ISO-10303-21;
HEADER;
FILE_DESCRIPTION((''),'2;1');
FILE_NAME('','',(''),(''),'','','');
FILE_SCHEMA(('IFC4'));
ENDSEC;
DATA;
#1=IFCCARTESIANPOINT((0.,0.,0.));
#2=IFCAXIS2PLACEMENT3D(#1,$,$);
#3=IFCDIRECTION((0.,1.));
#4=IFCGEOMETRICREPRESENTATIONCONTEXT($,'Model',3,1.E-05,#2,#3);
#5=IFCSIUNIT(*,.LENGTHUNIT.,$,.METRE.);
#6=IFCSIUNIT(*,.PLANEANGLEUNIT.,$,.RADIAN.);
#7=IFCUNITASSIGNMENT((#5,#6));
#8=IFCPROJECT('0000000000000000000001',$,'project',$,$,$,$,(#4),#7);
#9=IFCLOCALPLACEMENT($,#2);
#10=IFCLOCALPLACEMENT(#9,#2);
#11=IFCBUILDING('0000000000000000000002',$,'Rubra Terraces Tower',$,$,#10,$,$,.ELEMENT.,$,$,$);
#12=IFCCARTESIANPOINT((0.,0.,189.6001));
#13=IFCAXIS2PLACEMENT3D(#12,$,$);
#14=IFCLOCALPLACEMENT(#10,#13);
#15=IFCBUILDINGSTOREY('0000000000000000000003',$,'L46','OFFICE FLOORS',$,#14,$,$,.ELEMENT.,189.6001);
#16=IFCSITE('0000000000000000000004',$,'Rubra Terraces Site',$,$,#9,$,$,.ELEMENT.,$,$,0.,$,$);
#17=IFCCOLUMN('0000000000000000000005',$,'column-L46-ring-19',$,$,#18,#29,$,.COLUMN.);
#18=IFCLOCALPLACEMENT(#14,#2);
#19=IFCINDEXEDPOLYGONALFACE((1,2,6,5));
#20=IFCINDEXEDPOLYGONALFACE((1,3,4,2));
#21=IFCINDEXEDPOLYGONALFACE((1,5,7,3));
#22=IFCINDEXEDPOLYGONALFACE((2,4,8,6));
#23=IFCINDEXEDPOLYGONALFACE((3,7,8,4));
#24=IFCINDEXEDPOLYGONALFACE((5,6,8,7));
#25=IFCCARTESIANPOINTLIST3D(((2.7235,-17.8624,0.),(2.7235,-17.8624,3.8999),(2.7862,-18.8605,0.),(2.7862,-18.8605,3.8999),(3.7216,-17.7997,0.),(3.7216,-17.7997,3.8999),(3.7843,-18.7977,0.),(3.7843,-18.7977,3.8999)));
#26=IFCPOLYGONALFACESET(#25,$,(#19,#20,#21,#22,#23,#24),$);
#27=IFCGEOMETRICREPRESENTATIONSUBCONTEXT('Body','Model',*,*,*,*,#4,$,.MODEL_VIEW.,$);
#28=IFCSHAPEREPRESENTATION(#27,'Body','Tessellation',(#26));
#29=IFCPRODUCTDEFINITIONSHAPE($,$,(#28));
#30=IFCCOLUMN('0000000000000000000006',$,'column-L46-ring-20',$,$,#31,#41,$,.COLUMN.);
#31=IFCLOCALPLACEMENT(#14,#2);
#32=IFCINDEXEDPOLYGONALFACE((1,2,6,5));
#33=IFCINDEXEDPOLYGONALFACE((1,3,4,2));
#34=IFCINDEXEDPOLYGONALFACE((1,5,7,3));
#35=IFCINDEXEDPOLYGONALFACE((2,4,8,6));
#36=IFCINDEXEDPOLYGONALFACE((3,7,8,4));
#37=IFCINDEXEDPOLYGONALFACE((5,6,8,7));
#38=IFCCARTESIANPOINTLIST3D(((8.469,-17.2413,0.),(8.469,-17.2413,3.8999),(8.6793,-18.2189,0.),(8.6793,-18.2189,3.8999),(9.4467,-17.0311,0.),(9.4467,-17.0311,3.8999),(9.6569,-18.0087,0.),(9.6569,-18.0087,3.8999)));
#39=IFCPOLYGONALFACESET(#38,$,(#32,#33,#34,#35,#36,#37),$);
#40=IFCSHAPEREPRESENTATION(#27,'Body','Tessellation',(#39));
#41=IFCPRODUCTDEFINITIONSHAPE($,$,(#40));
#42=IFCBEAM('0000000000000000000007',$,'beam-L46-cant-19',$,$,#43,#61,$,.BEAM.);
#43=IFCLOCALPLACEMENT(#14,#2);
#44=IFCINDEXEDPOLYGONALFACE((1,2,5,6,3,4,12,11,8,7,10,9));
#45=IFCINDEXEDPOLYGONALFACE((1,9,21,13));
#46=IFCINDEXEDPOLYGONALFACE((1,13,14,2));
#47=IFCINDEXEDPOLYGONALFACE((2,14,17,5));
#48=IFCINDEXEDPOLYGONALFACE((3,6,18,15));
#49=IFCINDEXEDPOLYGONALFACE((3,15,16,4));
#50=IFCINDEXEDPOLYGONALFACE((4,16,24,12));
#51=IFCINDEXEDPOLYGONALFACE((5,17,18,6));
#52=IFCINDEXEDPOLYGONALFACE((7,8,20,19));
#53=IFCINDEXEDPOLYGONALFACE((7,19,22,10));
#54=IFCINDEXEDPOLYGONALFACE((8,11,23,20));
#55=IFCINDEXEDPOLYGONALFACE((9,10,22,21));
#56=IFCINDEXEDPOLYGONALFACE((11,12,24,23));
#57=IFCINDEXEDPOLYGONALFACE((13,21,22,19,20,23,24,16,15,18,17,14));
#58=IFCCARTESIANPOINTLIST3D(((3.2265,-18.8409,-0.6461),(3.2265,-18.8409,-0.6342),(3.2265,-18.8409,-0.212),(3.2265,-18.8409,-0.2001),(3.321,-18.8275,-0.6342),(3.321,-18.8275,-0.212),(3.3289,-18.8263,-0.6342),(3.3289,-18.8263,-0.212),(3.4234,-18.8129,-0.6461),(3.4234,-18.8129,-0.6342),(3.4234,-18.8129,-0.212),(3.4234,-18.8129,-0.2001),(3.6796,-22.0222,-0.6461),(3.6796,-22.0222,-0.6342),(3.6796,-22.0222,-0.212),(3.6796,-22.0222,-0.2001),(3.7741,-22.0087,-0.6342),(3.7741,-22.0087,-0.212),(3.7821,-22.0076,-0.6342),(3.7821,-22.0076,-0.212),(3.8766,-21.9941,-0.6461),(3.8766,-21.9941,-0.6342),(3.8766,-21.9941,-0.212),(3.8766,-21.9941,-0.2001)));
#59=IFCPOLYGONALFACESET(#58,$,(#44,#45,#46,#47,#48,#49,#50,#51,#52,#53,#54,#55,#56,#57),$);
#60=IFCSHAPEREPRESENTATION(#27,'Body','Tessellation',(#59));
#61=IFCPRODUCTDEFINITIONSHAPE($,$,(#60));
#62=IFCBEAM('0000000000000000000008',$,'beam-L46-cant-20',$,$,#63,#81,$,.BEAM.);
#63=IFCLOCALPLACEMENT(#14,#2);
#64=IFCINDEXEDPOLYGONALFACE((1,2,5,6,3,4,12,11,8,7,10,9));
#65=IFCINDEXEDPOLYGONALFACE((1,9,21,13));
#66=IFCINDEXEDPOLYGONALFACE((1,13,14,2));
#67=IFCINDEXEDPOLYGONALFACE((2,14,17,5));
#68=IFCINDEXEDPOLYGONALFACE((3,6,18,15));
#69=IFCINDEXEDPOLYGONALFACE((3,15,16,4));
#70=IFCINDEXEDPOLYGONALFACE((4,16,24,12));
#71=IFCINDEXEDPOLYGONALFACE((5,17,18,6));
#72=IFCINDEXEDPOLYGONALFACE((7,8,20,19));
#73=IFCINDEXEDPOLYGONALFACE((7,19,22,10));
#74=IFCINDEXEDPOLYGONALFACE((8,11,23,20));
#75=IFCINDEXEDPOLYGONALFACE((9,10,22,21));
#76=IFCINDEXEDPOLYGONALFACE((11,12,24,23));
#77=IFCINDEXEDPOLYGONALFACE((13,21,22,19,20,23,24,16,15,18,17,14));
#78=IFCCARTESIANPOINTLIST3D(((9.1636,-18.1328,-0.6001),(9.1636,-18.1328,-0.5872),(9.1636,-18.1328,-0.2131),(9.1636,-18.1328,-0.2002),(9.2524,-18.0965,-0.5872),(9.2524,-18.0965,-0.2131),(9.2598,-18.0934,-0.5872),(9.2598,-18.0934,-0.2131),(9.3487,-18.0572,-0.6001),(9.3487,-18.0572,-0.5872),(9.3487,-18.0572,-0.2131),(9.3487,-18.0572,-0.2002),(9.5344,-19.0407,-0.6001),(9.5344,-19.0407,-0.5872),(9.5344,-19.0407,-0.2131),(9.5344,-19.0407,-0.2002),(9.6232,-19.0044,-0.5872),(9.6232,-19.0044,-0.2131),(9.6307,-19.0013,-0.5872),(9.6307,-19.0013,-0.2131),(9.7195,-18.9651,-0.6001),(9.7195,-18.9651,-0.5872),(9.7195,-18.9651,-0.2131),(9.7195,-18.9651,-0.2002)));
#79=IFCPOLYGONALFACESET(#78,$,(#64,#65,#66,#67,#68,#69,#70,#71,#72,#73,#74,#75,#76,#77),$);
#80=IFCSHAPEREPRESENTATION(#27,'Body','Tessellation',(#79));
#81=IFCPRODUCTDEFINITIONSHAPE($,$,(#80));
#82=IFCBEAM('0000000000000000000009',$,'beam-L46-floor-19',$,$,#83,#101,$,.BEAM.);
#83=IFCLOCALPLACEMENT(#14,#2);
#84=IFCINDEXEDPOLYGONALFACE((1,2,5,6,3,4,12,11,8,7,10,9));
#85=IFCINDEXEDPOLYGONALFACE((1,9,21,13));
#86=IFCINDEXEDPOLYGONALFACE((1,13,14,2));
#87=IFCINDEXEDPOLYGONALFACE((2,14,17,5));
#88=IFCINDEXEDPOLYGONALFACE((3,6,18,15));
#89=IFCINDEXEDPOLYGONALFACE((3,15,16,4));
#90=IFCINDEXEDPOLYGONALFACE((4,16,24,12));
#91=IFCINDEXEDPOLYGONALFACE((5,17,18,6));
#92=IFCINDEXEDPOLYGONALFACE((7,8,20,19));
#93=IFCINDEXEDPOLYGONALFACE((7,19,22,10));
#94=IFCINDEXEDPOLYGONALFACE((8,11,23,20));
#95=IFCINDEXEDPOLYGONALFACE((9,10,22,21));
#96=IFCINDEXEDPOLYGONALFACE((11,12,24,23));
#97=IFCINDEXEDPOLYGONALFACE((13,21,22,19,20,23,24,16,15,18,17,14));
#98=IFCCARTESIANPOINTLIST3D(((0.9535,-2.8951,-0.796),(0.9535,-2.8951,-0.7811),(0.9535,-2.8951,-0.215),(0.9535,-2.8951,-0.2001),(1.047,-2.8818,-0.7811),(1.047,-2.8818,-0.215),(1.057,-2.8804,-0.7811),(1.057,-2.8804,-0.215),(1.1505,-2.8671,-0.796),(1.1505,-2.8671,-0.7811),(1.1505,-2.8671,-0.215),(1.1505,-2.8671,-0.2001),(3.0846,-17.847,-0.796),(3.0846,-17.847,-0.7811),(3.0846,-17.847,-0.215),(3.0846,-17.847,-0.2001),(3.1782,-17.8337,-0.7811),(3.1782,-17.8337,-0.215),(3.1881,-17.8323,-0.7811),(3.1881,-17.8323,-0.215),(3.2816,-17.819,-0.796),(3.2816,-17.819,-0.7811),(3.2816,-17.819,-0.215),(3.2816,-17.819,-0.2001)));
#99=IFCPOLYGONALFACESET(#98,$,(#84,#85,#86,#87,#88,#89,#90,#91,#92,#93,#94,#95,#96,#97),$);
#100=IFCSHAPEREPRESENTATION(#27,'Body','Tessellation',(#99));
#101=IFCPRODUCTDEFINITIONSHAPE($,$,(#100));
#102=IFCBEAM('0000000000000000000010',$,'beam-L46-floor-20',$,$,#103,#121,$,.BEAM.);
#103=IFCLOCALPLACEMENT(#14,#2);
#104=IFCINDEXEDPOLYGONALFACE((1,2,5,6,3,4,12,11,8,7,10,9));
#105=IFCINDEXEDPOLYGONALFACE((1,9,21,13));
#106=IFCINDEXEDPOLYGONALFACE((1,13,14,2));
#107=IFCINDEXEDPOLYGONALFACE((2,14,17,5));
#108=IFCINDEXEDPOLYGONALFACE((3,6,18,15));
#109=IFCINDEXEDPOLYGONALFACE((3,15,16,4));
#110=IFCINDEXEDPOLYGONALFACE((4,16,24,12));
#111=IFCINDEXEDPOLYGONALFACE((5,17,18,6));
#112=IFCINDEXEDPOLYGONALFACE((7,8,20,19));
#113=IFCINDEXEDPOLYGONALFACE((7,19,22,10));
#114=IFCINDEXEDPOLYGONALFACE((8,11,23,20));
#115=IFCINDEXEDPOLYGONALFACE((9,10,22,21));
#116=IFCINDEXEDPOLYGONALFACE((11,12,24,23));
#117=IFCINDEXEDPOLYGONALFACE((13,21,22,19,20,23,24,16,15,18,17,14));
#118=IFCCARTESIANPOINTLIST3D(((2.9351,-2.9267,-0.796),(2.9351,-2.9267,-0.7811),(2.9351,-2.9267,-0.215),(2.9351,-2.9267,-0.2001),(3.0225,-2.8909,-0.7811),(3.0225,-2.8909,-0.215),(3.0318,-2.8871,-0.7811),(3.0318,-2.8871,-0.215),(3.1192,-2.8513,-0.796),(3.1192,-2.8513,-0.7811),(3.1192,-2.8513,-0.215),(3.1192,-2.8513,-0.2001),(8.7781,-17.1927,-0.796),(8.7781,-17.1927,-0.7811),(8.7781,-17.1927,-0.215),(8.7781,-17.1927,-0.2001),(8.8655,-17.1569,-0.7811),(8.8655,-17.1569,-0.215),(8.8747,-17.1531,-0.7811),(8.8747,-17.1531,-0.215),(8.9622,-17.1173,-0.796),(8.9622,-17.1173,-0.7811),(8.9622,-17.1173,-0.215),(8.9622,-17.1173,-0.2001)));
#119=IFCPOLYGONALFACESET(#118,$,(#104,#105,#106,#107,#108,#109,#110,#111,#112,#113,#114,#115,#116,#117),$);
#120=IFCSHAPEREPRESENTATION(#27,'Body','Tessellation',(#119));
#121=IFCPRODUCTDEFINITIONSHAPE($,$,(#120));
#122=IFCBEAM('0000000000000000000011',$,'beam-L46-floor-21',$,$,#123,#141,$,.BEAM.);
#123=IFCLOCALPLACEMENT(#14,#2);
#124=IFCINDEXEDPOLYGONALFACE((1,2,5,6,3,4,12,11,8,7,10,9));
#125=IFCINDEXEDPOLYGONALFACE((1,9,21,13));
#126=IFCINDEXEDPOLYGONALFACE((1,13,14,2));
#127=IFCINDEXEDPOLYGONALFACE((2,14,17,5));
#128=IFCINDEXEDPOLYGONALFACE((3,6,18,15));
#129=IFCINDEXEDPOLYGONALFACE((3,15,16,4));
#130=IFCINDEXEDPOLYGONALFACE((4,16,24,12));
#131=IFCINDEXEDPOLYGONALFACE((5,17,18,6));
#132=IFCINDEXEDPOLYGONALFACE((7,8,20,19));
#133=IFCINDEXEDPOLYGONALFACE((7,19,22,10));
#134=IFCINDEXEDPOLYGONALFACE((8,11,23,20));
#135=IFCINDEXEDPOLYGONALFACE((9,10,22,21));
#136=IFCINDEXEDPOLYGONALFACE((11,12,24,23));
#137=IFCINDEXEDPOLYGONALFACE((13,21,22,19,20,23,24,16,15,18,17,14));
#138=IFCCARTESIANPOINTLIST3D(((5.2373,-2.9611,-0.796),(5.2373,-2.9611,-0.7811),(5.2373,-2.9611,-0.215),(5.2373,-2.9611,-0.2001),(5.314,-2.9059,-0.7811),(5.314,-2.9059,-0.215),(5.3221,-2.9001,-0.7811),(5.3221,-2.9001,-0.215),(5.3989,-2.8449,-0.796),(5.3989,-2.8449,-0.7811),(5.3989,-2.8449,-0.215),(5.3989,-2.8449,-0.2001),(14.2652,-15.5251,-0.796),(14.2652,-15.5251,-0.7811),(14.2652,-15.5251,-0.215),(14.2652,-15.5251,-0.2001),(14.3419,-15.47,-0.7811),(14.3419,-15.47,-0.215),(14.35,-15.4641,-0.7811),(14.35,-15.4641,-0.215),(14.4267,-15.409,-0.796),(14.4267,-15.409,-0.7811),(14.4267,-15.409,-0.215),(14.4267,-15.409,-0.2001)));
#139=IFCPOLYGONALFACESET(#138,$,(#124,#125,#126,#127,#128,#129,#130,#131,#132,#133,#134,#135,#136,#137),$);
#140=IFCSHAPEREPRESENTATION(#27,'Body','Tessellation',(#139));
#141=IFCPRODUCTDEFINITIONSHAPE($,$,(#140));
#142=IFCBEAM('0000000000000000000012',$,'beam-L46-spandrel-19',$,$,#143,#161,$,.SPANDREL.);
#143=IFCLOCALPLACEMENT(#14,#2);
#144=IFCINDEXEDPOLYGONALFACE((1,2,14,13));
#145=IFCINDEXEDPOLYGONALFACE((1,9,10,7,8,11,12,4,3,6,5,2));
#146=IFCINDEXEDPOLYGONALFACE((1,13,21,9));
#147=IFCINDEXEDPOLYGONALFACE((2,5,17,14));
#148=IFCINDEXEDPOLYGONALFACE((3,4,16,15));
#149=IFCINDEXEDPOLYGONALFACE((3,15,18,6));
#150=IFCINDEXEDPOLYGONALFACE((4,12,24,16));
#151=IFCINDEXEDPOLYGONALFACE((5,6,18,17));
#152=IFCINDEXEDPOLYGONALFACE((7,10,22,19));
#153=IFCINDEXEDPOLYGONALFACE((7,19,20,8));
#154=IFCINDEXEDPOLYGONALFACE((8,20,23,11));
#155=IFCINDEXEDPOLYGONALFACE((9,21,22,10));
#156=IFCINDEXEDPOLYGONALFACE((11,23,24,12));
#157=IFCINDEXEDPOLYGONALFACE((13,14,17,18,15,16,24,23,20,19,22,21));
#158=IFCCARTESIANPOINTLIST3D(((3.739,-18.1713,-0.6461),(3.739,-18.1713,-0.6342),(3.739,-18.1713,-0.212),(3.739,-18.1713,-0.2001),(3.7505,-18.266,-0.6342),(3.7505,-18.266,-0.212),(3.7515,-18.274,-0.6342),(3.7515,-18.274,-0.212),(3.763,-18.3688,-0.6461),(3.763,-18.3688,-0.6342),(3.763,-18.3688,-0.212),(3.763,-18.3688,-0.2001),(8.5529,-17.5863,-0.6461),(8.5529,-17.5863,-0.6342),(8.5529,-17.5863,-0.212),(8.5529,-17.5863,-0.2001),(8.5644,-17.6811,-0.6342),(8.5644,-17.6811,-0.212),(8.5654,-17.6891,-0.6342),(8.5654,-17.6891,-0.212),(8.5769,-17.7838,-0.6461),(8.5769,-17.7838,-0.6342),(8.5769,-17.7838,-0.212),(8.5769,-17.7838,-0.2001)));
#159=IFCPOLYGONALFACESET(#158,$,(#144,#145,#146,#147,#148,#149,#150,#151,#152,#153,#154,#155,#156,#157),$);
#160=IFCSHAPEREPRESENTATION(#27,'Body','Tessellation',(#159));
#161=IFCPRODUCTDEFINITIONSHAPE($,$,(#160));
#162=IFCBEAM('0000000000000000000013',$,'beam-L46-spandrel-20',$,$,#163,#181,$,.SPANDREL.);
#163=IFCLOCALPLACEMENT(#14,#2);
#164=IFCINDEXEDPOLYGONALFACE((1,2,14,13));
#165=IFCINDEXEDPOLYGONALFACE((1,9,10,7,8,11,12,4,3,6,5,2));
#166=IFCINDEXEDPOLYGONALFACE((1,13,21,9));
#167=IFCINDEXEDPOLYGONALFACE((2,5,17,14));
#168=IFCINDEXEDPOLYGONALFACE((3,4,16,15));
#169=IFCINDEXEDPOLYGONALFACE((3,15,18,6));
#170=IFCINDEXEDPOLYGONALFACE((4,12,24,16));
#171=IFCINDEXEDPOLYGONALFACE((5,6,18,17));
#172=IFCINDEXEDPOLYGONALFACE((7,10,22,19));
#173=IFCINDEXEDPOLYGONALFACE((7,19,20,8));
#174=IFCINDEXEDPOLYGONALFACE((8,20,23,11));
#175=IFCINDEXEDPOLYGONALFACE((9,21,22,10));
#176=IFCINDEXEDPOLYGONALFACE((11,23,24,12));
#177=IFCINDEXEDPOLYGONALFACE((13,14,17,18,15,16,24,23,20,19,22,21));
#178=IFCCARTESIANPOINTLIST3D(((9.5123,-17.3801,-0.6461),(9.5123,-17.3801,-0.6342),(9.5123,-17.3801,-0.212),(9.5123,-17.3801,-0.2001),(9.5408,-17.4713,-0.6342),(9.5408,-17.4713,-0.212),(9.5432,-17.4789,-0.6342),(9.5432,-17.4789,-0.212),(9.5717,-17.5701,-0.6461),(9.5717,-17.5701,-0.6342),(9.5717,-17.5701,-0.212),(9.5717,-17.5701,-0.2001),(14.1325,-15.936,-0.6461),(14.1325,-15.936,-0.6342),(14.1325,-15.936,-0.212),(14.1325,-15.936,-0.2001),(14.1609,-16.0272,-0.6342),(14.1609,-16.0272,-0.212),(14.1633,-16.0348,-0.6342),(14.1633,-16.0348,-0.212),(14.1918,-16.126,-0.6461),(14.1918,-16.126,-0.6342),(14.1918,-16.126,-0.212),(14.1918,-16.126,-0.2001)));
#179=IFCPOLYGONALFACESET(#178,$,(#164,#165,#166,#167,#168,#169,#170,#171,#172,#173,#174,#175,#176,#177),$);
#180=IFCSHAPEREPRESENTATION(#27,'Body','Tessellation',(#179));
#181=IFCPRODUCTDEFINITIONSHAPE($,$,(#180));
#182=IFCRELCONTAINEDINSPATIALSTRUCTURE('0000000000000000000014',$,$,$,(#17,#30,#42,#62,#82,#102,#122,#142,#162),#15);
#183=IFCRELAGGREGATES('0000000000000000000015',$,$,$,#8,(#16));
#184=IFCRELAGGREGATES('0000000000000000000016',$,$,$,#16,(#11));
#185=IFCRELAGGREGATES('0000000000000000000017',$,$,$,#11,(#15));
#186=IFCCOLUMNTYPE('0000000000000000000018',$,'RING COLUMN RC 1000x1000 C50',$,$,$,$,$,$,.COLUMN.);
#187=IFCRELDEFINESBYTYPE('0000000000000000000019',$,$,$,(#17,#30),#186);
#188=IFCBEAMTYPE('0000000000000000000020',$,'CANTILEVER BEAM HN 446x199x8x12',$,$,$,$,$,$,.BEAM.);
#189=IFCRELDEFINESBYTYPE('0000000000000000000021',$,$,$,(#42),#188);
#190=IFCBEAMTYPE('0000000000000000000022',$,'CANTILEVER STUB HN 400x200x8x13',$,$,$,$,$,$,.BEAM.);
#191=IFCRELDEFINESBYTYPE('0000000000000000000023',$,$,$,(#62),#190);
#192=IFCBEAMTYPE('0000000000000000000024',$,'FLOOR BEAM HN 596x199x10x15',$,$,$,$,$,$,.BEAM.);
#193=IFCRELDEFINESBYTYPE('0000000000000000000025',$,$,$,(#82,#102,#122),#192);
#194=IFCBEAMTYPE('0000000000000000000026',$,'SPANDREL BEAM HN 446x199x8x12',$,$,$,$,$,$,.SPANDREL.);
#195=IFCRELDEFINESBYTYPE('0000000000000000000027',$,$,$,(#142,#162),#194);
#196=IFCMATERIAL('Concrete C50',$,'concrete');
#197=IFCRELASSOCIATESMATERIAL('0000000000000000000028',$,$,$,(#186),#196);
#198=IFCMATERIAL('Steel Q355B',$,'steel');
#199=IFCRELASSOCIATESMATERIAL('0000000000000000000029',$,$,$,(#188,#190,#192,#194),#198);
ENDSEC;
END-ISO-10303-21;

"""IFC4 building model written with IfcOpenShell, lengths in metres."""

from ifc_helpers import new_model, si_unit, direction, frame, origin, origin_2d, place, context, subcontext, project, spatial, rectangle, i_section, extrude, material, material_profile, profile_set, type_object, element, save


model = new_model("IFC4")

# Units and contexts
model_context = context("Model", 3, precision=1e-05, world=origin(), true_north=direction((0.0, 1.0)))
body_context = subcontext(model_context, "Body", "Model", "MODEL_VIEW")
ifc_project = project(units=[si_unit("LENGTHUNIT", "METRE"), si_unit("PLANEANGLEUNIT", "RADIAN")], contexts=[model_context])

# Site, building, storey
site_placement = place(None, origin())
site = spatial("IfcSite", under=ifc_project, at=site_placement, Name="Rubra Terraces Site", CompositionType="ELEMENT", RefElevation=0.0)
building_placement = place(site_placement, origin())
building = spatial("IfcBuilding", under=site, at=building_placement, Name="Rubra Terraces Tower", CompositionType="ELEMENT")
storey_placement = place(building_placement, frame((0.0, 0.0, 189.6001)))
storey = spatial("IfcBuildingStorey", under=building, at=storey_placement, Name="L46", Description="OFFICE FLOORS", CompositionType="ELEMENT", Elevation=189.6001)

# Columns
ifc_material_1 = material(Name="Concrete C50", Category="concrete")
ifc_material_profile_1 = material_profile(ifc_material_1, rectangle(XDim=1.0, YDim=1.0, at=origin_2d()), Name="RC 1000x1000")
ifc_profile_set_1 = profile_set([ifc_material_profile_1], Name="Concrete C50")
column_type = type_object("IfcColumnType", Name="RING COLUMN RC 1000x1000 C50", PredefinedType="COLUMN", material=ifc_profile_set_1)
for number, where, z_axis, x_axis, name in (
    (1, (3.2539, -18.3301, 0.0), (0.0, 0.0, 1.0), (0.998032, 0.062714, 0.0), "column-L46-ring-19"),
    (2, (9.063, -17.625, 0.0), (0.0, 0.0, 1.0), (0.977653, 0.210227, 0.0), "column-L46-ring-20"),
):
    element("IfcColumn", number, at=place(storey_placement, frame(where, z_axis=z_axis, x_axis=x_axis)), inside=storey, type_object=column_type, Name=name, PredefinedType="COLUMN", context=body_context, shape_type="SweptSolid", body=[
        extrude(rectangle(XDim=1.0, YDim=1.0, at=origin_2d()), origin(), (0.0, 0.0, 1.0), 3.8999),
    ])

# Beams
ifc_material_2 = material(Name="Steel Q355B", Category="steel")
ifc_material_profile_2 = material_profile(ifc_material_2, i_section(OverallWidth=0.199, OverallDepth=0.446, WebThickness=0.0081, FlangeThickness=0.012, at=origin_2d()), Name="HN 446x199x8x12")
ifc_profile_set_2 = profile_set([ifc_material_profile_2], Name="Steel Q355B")
beam_type_1 = type_object("IfcBeamType", Name="CANTILEVER BEAM HN 446x199x8x12", PredefinedType="BEAM", material=ifc_profile_set_2)
beam_1_placement = place(storey_placement, frame((3.325, -18.8269, -0.4231), z_axis=(0.141017, -0.990007, 0.0), x_axis=(0.990007, 0.141017, 0.0)))
element("IfcBeam", 3, at=beam_1_placement, inside=storey, type_object=beam_type_1, Name="beam-L46-cant-19", PredefinedType="BEAM", context=body_context, shape_type="SweptSolid", body=[
    extrude(i_section(OverallWidth=0.199, OverallDepth=0.446, WebThickness=0.0081, FlangeThickness=0.012, at=origin_2d()), origin(), (0.0, 0.0, 1.0), 3.2134),
])
ifc_material_profile_3 = material_profile(ifc_material_2, i_section(OverallWidth=0.2, OverallDepth=0.3999, WebThickness=0.0081, FlangeThickness=0.0129, at=origin_2d()), Name="HN 400x200x8x13")
ifc_profile_set_3 = profile_set([ifc_material_profile_3], Name="Steel Q355B")
beam_type_2 = type_object("IfcBeamType", Name="CANTILEVER STUB HN 400x200x8x13", PredefinedType="BEAM", material=ifc_profile_set_3)
beam_2_placement = place(storey_placement, frame((9.2561, -18.095, -0.4001), z_axis=(0.378119, -0.925757, 0.0), x_axis=(0.925757, 0.378119, 0.0)))
element("IfcBeam", 4, at=beam_2_placement, inside=storey, type_object=beam_type_2, Name="beam-L46-cant-20", PredefinedType="BEAM", context=body_context, shape_type="SweptSolid", body=[
    extrude(i_section(OverallWidth=0.2, OverallDepth=0.3999, WebThickness=0.0081, FlangeThickness=0.0129, at=origin_2d()), origin(), (0.0, 0.0, 1.0), 0.9807),
])
ifc_material_profile_4 = material_profile(ifc_material_2, i_section(OverallWidth=0.199, OverallDepth=0.5959, WebThickness=0.01, FlangeThickness=0.0149, at=origin_2d()), Name="HN 596x199x10x15")
ifc_profile_set_4 = profile_set([ifc_material_profile_4], Name="Steel Q355B")
beam_type_3 = type_object("IfcBeamType", Name="FLOOR BEAM HN 596x199x10x15", PredefinedType="BEAM", material=ifc_profile_set_4)
beam_3_placement = place(storey_placement, frame((3.1831, -17.833, -0.498), z_axis=(-0.141105, 0.989995, 0.0), x_axis=(-0.989995, -0.141105, 0.0)))
element("IfcBeam", 5, at=beam_3_placement, inside=storey, type_object=beam_type_3, Name="beam-L46-floor-19", PredefinedType="BEAM", context=body_context, shape_type="SweptSolid", body=[
    extrude(i_section(OverallWidth=0.199, OverallDepth=0.5959, WebThickness=0.01, FlangeThickness=0.0149, at=origin_2d()), origin(), (0.0, 0.0, 1.0), 15.103),
])
beam_4_placement = place(storey_placement, frame((8.8701, -17.155, -0.498), z_axis=(-0.379015, 0.92539, 0.0), x_axis=(-0.92539, -0.379015, 0.0)))
element("IfcBeam", 6, at=beam_4_placement, inside=storey, type_object=beam_type_3, Name="beam-L46-floor-20", PredefinedType="BEAM", context=body_context, shape_type="SweptSolid", body=[
    extrude(i_section(OverallWidth=0.199, OverallDepth=0.5959, WebThickness=0.01, FlangeThickness=0.0149, at=origin_2d()), origin(), (0.0, 0.0, 1.0), 15.4163),
])
beam_5_placement = place(storey_placement, frame((14.3459, -15.467, -0.498), z_axis=(-0.583529, 0.812092, 0.0), x_axis=(-0.812092, -0.583529, 0.0)))
element("IfcBeam", 7, at=beam_5_placement, inside=storey, type_object=beam_type_3, Name="beam-L46-floor-21", PredefinedType="BEAM", context=body_context, shape_type="SweptSolid", body=[
    extrude(i_section(OverallWidth=0.199, OverallDepth=0.5959, WebThickness=0.01, FlangeThickness=0.0149, at=origin_2d()), origin(), (0.0, 0.0, 1.0), 15.4712),
])
ifc_material_profile_5 = material_profile(ifc_material_2, i_section(OverallWidth=0.199, OverallDepth=0.446, WebThickness=0.0081, FlangeThickness=0.012, at=origin_2d()), Name="HN 446x199x8x12")
ifc_profile_set_5 = profile_set([ifc_material_profile_5], Name="Steel Q355B")
beam_type_4 = type_object("IfcBeamType", Name="SPANDREL BEAM HN 446x199x8x12", PredefinedType="SPANDREL", material=ifc_profile_set_5)
beam_6_placement = place(storey_placement, frame((3.751, -18.27, -0.4231), z_axis=(0.992698, 0.120626, 0.0), x_axis=(-0.120626, 0.992698, 0.0)))
element("IfcBeam", 8, at=beam_6_placement, inside=storey, type_object=beam_type_4, Name="beam-L46-spandrel-19", PredefinedType="SPANDREL", context=body_context, shape_type="SweptSolid", body=[
    extrude(i_section(OverallWidth=0.199, OverallDepth=0.446, WebThickness=0.0081, FlangeThickness=0.012, at=origin_2d()), origin(), (0.0, 0.0, 1.0), 4.8494),
])
beam_7_placement = place(storey_placement, frame((9.542, -17.4751, -0.4231), z_axis=(0.954462, 0.298332, 0.0), x_axis=(-0.298332, 0.954462, 0.0)))
element("IfcBeam", 9, at=beam_7_placement, inside=storey, type_object=beam_type_4, Name="beam-L46-spandrel-20", PredefinedType="SPANDREL", context=body_context, shape_type="SweptSolid", body=[
    extrude(i_section(OverallWidth=0.199, OverallDepth=0.446, WebThickness=0.0081, FlangeThickness=0.012, at=origin_2d()), origin(), (0.0, 0.0, 1.0), 4.8406),
])

save(model, "model.ifc")
